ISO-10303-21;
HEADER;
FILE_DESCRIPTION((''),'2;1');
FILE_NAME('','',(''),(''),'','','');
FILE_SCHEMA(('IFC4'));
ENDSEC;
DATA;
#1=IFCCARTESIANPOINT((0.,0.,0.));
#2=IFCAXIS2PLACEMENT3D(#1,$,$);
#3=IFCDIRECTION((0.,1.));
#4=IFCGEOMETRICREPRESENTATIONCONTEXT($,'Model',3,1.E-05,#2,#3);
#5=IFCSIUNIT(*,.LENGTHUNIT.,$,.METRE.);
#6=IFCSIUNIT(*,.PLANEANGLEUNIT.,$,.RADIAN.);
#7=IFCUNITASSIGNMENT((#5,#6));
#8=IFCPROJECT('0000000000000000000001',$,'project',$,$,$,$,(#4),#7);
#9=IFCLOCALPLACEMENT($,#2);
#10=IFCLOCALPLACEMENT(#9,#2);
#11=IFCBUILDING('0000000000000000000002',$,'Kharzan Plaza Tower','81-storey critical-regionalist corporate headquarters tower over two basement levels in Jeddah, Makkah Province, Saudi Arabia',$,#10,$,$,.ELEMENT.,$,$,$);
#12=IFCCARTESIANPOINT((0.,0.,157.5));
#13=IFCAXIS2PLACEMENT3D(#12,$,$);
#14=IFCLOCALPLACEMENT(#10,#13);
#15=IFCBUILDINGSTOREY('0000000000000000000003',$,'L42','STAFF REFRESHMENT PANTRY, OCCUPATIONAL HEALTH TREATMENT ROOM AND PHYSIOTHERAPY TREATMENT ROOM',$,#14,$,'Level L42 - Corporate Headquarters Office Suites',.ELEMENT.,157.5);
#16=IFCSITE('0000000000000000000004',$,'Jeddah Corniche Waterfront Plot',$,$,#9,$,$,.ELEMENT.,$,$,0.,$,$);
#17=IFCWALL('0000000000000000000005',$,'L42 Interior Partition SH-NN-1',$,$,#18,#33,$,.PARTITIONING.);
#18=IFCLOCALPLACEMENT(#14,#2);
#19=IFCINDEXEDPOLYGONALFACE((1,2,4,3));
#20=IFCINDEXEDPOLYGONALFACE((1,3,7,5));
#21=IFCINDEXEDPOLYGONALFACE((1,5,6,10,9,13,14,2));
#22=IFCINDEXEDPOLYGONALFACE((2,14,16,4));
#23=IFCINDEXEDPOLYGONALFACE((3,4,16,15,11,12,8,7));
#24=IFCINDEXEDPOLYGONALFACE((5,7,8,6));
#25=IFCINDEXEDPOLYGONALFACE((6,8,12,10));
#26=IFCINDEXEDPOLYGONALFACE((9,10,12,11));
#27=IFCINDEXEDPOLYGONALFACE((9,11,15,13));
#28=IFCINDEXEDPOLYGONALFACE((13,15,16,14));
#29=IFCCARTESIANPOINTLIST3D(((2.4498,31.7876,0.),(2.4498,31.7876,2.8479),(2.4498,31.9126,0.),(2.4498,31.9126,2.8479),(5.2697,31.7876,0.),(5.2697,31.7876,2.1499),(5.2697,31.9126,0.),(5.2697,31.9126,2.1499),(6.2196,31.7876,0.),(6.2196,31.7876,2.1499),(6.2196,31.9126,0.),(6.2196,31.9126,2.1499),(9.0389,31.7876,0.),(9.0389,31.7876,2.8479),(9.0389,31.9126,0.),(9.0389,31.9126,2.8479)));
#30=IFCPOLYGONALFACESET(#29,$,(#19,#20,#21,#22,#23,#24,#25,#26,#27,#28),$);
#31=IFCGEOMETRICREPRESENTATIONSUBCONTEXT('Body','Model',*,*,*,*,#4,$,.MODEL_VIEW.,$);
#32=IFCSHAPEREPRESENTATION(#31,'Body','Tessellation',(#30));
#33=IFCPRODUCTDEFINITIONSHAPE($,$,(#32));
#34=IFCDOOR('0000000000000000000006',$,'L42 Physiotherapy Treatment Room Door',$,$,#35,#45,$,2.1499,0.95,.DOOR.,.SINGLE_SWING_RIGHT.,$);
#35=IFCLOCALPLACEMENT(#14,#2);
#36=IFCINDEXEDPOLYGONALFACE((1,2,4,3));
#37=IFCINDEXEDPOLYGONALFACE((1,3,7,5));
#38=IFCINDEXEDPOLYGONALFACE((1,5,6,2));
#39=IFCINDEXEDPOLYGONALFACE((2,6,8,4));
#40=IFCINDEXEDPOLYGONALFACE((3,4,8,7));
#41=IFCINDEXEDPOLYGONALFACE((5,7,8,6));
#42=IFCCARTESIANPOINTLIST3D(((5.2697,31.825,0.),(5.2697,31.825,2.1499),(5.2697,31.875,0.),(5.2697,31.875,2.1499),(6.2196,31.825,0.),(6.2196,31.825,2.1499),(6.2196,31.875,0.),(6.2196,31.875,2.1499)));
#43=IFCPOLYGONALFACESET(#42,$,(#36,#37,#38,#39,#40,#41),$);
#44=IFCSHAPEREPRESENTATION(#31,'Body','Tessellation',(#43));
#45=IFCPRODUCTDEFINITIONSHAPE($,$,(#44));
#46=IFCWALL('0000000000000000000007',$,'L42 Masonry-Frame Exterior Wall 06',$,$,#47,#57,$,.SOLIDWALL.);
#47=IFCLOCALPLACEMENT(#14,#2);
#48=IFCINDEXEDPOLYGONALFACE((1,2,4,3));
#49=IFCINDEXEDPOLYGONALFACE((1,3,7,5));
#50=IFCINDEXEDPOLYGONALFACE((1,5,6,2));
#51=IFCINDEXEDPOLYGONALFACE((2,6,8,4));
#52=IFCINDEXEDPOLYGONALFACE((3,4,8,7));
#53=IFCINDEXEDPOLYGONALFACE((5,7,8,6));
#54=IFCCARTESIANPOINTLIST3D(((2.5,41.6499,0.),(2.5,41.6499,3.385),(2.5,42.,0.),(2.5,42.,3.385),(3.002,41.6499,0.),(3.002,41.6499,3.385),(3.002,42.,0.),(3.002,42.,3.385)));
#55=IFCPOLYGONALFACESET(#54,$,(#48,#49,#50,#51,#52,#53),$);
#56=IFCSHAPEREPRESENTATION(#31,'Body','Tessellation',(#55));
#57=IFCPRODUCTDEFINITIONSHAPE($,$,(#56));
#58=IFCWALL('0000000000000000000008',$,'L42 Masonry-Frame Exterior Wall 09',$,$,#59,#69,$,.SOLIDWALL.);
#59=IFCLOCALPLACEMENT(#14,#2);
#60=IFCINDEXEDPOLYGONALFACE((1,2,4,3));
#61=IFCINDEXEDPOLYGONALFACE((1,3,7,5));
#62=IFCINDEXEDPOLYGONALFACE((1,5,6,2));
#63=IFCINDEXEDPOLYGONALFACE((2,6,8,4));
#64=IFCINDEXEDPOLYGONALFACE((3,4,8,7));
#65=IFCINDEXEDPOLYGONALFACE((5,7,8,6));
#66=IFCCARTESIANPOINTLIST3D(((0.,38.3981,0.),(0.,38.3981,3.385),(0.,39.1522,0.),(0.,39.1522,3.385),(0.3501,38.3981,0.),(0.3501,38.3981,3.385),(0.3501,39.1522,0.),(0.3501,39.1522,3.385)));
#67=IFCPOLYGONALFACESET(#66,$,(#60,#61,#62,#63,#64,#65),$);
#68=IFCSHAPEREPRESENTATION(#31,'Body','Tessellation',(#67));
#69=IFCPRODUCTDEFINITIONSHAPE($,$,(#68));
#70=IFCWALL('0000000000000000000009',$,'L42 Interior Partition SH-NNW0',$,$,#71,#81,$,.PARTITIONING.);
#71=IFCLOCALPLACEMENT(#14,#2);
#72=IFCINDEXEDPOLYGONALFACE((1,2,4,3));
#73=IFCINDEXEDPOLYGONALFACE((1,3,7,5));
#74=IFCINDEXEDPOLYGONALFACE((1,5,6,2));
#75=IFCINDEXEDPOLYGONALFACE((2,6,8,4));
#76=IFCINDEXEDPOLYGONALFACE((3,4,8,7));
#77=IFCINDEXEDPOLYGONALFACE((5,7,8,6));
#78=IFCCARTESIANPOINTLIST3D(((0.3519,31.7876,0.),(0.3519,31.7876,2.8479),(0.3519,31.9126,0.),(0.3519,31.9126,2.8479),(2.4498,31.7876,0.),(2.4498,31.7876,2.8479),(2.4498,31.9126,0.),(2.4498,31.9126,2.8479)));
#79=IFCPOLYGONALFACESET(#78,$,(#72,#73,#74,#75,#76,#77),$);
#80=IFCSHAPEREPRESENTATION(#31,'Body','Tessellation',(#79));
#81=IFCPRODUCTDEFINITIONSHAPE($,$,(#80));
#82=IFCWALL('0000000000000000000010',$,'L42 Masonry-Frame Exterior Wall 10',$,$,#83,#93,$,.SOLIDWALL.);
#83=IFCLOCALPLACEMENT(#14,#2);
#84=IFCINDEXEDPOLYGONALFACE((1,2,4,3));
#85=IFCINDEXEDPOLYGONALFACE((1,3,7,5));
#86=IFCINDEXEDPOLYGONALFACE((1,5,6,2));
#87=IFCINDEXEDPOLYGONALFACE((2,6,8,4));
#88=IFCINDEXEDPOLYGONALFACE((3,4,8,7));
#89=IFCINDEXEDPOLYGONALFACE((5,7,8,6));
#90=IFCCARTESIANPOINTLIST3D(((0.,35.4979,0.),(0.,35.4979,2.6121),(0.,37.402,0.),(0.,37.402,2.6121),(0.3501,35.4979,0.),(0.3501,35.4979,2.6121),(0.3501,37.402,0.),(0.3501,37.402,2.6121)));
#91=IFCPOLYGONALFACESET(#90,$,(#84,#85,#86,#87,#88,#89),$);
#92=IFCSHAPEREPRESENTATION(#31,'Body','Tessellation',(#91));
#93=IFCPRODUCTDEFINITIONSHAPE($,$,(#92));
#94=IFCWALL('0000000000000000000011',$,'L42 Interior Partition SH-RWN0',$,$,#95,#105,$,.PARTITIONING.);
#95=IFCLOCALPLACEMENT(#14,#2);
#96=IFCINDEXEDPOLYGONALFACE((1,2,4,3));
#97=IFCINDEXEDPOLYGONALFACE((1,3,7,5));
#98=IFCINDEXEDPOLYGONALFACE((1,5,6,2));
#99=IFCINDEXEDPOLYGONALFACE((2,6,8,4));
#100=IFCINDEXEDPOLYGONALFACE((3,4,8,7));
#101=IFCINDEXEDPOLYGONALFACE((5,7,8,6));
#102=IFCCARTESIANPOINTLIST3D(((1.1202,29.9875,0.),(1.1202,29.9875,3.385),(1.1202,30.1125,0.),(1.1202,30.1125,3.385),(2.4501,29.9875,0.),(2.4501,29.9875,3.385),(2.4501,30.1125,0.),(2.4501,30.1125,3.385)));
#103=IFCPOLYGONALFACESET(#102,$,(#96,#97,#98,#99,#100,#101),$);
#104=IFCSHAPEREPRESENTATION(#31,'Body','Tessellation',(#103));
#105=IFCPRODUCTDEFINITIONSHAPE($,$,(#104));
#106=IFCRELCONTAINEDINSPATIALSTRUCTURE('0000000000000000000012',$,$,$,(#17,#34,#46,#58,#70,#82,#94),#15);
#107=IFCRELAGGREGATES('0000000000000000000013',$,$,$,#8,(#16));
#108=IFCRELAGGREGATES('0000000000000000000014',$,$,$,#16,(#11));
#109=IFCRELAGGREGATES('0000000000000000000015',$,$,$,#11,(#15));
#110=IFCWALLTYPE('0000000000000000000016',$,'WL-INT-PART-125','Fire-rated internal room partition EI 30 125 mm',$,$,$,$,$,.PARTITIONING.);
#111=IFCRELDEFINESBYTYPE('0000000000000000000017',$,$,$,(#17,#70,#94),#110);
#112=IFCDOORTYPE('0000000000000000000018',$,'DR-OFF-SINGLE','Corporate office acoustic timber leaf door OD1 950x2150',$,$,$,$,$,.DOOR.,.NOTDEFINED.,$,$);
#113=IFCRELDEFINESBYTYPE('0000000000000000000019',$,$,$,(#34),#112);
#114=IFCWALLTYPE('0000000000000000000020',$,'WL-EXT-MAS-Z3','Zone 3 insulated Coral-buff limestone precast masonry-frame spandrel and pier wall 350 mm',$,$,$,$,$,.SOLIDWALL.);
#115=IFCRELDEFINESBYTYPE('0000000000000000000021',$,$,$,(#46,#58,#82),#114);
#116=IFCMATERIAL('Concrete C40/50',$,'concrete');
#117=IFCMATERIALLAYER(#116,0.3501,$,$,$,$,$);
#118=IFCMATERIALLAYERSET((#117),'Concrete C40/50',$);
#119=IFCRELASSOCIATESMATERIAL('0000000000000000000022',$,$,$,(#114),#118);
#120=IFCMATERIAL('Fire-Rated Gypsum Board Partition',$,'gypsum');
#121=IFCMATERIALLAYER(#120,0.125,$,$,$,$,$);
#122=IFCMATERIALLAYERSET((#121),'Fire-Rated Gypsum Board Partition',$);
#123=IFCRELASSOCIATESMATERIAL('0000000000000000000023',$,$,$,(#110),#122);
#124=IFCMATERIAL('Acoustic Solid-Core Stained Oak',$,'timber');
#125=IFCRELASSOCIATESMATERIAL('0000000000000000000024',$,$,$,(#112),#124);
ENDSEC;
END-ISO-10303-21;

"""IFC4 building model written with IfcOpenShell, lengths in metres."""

from ifc_helpers import new_model, si_unit, direction, frame, frame_2d, origin, place, context, subcontext, project, spatial, rectangle, extrude, source, transform, mapped, material, layer, layer_set, type_object, element, fill, save


model = new_model("IFC4")

# Units and contexts
model_context = context("Model", 3, precision=1e-05, world=origin(), true_north=direction((0.0, 1.0)))
body_context = subcontext(model_context, "Body", "Model", "MODEL_VIEW")
ifc_project = project(units=[si_unit("LENGTHUNIT", "METRE"), si_unit("PLANEANGLEUNIT", "RADIAN")], contexts=[model_context])

# Site, building, storey
site_placement = place(None, origin())
site = spatial("IfcSite", under=ifc_project, at=site_placement, Name="Jeddah Corniche Waterfront Plot", CompositionType="ELEMENT", RefElevation=0.0)
building_placement = place(site_placement, origin())
building = spatial("IfcBuilding", under=site, at=building_placement, Name="Kharzan Plaza Tower", Description="81-storey critical-regionalist corporate headquarters tower over two basement levels in Jeddah, Makkah Province, Saudi Arabia", CompositionType="ELEMENT")
storey_placement = place(building_placement, frame((0.0, 0.0, 157.5)))
storey = spatial("IfcBuildingStorey", under=building, at=storey_placement, Name="L42", Description="STAFF REFRESHMENT PANTRY, OCCUPATIONAL HEALTH TREATMENT ROOM AND PHYSIOTHERAPY TREATMENT ROOM", LongName="Level L42 - Corporate Headquarters Office Suites", CompositionType="ELEMENT", Elevation=157.5)

# Shared definitions
ifc_material_1 = material(Name="Concrete C40/50", Category="concrete")
ifc_layer_1 = layer(ifc_material_1, 0.3501)
ifc_layer_set_1 = layer_set([ifc_layer_1], Name="Concrete C40/50")
wall_type_1 = type_object("IfcWallType", Name="WL-EXT-MAS-Z3", Description="Zone 3 insulated Coral-buff limestone precast masonry-frame spandrel and pier wall 350 mm", PredefinedType="SOLIDWALL", material=ifc_layer_set_1)

# Wall, opening, door
ifc_material_2 = material(Name="Fire-Rated Gypsum Board Partition", Category="gypsum")
ifc_layer_2 = layer(ifc_material_2, 0.125)
ifc_layer_set_2 = layer_set([ifc_layer_2], Name="Fire-Rated Gypsum Board Partition")
wall_type_2 = type_object("IfcWallType", Name="WL-INT-PART-125", Description="Fire-rated internal room partition EI 30 125 mm", PredefinedType="PARTITIONING", material=ifc_layer_set_2)
wall_1_placement = place(storey_placement, frame((2.45, 31.8501, 0.0), z_axis=(0.0, 0.0, 1.0), x_axis=(1.0, 0.0, 0.0)))
wall_1 = element("IfcWall", 1, at=wall_1_placement, inside=storey, type_object=wall_type_2, Name="L42 Interior Partition SH-NN-1", PredefinedType="PARTITIONING", context=body_context, shape_type="SweptSolid", body=[
    extrude(rectangle(XDim=6.5891, YDim=0.125, at=frame_2d((3.2944, 0.0))), origin(), (0.0, 0.0, 1.0), 2.8479),
])
opening_1_placement = place(wall_1_placement, frame((2.8196, 0.0, 0.0)))
opening_1 = element("IfcOpeningElement", 2, at=opening_1_placement, cuts=wall_1, PredefinedType="OPENING", context=body_context, shape_type="SweptSolid", body=[
    extrude(rectangle(XDim=0.95, YDim=2.1499, at=frame_2d((0.4751, 1.075))), frame((0.0, 0.0725, 0.0), z_axis=(0.0, -1.0, 0.0), x_axis=(1.0, 0.0, 0.0)), (0.0, 0.0, 1.0), 0.145),
])
ifc_material_3 = material(Name="Acoustic Solid-Core Stained Oak", Category="timber")
door_type = type_object("IfcDoorType", Name="DR-OFF-SINGLE", Description="Corporate office acoustic timber leaf door OD1 950x2150", OperationType="NOTDEFINED", PredefinedType="DOOR", material=ifc_material_3)
shared_shape_1 = source(origin(), body_context, "Body", "SweptSolid", [
    extrude(rectangle(XDim=0.95, YDim=2.1499, at=frame_2d((0.4751, 1.075))), frame((0.0, 0.0249, 0.0), z_axis=(0.0, -1.0, 0.0), x_axis=(1.0, 0.0, 0.0)), (0.0, 0.0, 1.0), 0.05),
])
door_placement = place(opening_1_placement, origin())
door = element("IfcDoor", 3, at=door_placement, inside=storey, type_object=door_type, Name="L42 Physiotherapy Treatment Room Door", OperationType="SINGLE_SWING_RIGHT", OverallHeight=2.1499, OverallWidth=0.95, PredefinedType="DOOR", context=body_context, shape_type="MappedRepresentation", body=[
    mapped(shared_shape_1, transform((0.0, 0.0, 0.0), x_axis=(1.0, 0.0, 0.0), y_axis=(0.0, 1.0, 0.0), z_axis=(0.0, 0.0, 1.0))),
])
fill(opening_1, door)

# Walls
shared_shape_2 = source(origin(), body_context, "Body", "SweptSolid", [
    extrude(rectangle(XDim=0.502, YDim=0.3501, at=frame_2d((0.251, 0.0))), origin(), (0.0, 0.0, 1.0), 3.385),
])
wall_2_placement = place(storey_placement, frame((3.002, 41.825, 0.0), z_axis=(0.0, 0.0, 1.0), x_axis=(-1.0, 0.0, 0.0)))
element("IfcWall", 4, at=wall_2_placement, inside=storey, type_object=wall_type_1, Name="L42 Masonry-Frame Exterior Wall 06", PredefinedType="SOLIDWALL", context=body_context, shape_type="MappedRepresentation", body=[
    mapped(shared_shape_2, transform((0.0, 0.0, 0.0), x_axis=(1.0, 0.0, 0.0), y_axis=(0.0, 1.0, 0.0), z_axis=(0.0, 0.0, 1.0))),
])
shared_shape_3 = source(origin(), body_context, "Body", "SweptSolid", [
    extrude(rectangle(XDim=0.7542, YDim=0.3501, at=frame_2d((0.377, 0.0))), origin(), (0.0, 0.0, 1.0), 3.385),
])
wall_3_placement = place(storey_placement, frame((0.175, 39.1521, 0.0), z_axis=(0.0, 0.0, 1.0), x_axis=(0.0, -1.0, 0.0)))
element("IfcWall", 5, at=wall_3_placement, inside=storey, type_object=wall_type_1, Name="L42 Masonry-Frame Exterior Wall 09", PredefinedType="SOLIDWALL", context=body_context, shape_type="MappedRepresentation", body=[
    mapped(shared_shape_3, transform((0.0, 0.0, 0.0), x_axis=(1.0, 0.0, 0.0), y_axis=(0.0, 1.0, 0.0), z_axis=(0.0, 0.0, 1.0))),
])
shared_shape_4 = source(origin(), body_context, "Body", "SweptSolid", [
    extrude(rectangle(XDim=2.0979, YDim=0.125, at=frame_2d((1.0488, 0.0))), origin(), (0.0, 0.0, 1.0), 2.8479),
])
wall_4_placement = place(storey_placement, frame((0.3521, 31.8501, 0.0), z_axis=(0.0, 0.0, 1.0), x_axis=(1.0, 0.0, 0.0)))
element("IfcWall", 6, at=wall_4_placement, inside=storey, type_object=wall_type_2, Name="L42 Interior Partition SH-NNW0", PredefinedType="PARTITIONING", context=body_context, shape_type="MappedRepresentation", body=[
    mapped(shared_shape_4, transform((0.0, 0.0, 0.0), x_axis=(1.0, 0.0, 0.0), y_axis=(0.0, 1.0, 0.0), z_axis=(0.0, 0.0, 1.0))),
])
shared_shape_5 = source(origin(), body_context, "Body", "SweptSolid", [
    extrude(rectangle(XDim=1.9041, YDim=0.3501, at=frame_2d((0.9521, 0.0))), origin(), (0.0, 0.0, 1.0), 2.6121),
])
wall_5_placement = place(storey_placement, frame((0.175, 37.4021, 0.0), z_axis=(0.0, 0.0, 1.0), x_axis=(0.0, -1.0, 0.0)))
element("IfcWall", 7, at=wall_5_placement, inside=storey, type_object=wall_type_1, Name="L42 Masonry-Frame Exterior Wall 10", PredefinedType="SOLIDWALL", context=body_context, shape_type="MappedRepresentation", body=[
    mapped(shared_shape_5, transform((0.0, 0.0, 0.0), x_axis=(1.0, 0.0, 0.0), y_axis=(0.0, 1.0, 0.0), z_axis=(0.0, 0.0, 1.0))),
])
shared_shape_6 = source(origin(), body_context, "Body", "SweptSolid", [
    extrude(rectangle(XDim=1.3298, YDim=0.125, at=frame_2d((0.665, 0.0))), origin(), (0.0, 0.0, 1.0), 3.385),
])
wall_6_placement = place(storey_placement, frame((1.1201, 30.05, 0.0), z_axis=(0.0, 0.0, 1.0), x_axis=(1.0, 0.0, 0.0)))
element("IfcWall", 8, at=wall_6_placement, inside=storey, type_object=wall_type_2, Name="L42 Interior Partition SH-RWN0", PredefinedType="PARTITIONING", context=body_context, shape_type="MappedRepresentation", body=[
    mapped(shared_shape_6, transform((0.0, 0.0, 0.0), x_axis=(1.0, 0.0, 0.0), y_axis=(0.0, 1.0, 0.0), z_axis=(0.0, 0.0, 1.0))),
])

save(model, "model.ifc")
